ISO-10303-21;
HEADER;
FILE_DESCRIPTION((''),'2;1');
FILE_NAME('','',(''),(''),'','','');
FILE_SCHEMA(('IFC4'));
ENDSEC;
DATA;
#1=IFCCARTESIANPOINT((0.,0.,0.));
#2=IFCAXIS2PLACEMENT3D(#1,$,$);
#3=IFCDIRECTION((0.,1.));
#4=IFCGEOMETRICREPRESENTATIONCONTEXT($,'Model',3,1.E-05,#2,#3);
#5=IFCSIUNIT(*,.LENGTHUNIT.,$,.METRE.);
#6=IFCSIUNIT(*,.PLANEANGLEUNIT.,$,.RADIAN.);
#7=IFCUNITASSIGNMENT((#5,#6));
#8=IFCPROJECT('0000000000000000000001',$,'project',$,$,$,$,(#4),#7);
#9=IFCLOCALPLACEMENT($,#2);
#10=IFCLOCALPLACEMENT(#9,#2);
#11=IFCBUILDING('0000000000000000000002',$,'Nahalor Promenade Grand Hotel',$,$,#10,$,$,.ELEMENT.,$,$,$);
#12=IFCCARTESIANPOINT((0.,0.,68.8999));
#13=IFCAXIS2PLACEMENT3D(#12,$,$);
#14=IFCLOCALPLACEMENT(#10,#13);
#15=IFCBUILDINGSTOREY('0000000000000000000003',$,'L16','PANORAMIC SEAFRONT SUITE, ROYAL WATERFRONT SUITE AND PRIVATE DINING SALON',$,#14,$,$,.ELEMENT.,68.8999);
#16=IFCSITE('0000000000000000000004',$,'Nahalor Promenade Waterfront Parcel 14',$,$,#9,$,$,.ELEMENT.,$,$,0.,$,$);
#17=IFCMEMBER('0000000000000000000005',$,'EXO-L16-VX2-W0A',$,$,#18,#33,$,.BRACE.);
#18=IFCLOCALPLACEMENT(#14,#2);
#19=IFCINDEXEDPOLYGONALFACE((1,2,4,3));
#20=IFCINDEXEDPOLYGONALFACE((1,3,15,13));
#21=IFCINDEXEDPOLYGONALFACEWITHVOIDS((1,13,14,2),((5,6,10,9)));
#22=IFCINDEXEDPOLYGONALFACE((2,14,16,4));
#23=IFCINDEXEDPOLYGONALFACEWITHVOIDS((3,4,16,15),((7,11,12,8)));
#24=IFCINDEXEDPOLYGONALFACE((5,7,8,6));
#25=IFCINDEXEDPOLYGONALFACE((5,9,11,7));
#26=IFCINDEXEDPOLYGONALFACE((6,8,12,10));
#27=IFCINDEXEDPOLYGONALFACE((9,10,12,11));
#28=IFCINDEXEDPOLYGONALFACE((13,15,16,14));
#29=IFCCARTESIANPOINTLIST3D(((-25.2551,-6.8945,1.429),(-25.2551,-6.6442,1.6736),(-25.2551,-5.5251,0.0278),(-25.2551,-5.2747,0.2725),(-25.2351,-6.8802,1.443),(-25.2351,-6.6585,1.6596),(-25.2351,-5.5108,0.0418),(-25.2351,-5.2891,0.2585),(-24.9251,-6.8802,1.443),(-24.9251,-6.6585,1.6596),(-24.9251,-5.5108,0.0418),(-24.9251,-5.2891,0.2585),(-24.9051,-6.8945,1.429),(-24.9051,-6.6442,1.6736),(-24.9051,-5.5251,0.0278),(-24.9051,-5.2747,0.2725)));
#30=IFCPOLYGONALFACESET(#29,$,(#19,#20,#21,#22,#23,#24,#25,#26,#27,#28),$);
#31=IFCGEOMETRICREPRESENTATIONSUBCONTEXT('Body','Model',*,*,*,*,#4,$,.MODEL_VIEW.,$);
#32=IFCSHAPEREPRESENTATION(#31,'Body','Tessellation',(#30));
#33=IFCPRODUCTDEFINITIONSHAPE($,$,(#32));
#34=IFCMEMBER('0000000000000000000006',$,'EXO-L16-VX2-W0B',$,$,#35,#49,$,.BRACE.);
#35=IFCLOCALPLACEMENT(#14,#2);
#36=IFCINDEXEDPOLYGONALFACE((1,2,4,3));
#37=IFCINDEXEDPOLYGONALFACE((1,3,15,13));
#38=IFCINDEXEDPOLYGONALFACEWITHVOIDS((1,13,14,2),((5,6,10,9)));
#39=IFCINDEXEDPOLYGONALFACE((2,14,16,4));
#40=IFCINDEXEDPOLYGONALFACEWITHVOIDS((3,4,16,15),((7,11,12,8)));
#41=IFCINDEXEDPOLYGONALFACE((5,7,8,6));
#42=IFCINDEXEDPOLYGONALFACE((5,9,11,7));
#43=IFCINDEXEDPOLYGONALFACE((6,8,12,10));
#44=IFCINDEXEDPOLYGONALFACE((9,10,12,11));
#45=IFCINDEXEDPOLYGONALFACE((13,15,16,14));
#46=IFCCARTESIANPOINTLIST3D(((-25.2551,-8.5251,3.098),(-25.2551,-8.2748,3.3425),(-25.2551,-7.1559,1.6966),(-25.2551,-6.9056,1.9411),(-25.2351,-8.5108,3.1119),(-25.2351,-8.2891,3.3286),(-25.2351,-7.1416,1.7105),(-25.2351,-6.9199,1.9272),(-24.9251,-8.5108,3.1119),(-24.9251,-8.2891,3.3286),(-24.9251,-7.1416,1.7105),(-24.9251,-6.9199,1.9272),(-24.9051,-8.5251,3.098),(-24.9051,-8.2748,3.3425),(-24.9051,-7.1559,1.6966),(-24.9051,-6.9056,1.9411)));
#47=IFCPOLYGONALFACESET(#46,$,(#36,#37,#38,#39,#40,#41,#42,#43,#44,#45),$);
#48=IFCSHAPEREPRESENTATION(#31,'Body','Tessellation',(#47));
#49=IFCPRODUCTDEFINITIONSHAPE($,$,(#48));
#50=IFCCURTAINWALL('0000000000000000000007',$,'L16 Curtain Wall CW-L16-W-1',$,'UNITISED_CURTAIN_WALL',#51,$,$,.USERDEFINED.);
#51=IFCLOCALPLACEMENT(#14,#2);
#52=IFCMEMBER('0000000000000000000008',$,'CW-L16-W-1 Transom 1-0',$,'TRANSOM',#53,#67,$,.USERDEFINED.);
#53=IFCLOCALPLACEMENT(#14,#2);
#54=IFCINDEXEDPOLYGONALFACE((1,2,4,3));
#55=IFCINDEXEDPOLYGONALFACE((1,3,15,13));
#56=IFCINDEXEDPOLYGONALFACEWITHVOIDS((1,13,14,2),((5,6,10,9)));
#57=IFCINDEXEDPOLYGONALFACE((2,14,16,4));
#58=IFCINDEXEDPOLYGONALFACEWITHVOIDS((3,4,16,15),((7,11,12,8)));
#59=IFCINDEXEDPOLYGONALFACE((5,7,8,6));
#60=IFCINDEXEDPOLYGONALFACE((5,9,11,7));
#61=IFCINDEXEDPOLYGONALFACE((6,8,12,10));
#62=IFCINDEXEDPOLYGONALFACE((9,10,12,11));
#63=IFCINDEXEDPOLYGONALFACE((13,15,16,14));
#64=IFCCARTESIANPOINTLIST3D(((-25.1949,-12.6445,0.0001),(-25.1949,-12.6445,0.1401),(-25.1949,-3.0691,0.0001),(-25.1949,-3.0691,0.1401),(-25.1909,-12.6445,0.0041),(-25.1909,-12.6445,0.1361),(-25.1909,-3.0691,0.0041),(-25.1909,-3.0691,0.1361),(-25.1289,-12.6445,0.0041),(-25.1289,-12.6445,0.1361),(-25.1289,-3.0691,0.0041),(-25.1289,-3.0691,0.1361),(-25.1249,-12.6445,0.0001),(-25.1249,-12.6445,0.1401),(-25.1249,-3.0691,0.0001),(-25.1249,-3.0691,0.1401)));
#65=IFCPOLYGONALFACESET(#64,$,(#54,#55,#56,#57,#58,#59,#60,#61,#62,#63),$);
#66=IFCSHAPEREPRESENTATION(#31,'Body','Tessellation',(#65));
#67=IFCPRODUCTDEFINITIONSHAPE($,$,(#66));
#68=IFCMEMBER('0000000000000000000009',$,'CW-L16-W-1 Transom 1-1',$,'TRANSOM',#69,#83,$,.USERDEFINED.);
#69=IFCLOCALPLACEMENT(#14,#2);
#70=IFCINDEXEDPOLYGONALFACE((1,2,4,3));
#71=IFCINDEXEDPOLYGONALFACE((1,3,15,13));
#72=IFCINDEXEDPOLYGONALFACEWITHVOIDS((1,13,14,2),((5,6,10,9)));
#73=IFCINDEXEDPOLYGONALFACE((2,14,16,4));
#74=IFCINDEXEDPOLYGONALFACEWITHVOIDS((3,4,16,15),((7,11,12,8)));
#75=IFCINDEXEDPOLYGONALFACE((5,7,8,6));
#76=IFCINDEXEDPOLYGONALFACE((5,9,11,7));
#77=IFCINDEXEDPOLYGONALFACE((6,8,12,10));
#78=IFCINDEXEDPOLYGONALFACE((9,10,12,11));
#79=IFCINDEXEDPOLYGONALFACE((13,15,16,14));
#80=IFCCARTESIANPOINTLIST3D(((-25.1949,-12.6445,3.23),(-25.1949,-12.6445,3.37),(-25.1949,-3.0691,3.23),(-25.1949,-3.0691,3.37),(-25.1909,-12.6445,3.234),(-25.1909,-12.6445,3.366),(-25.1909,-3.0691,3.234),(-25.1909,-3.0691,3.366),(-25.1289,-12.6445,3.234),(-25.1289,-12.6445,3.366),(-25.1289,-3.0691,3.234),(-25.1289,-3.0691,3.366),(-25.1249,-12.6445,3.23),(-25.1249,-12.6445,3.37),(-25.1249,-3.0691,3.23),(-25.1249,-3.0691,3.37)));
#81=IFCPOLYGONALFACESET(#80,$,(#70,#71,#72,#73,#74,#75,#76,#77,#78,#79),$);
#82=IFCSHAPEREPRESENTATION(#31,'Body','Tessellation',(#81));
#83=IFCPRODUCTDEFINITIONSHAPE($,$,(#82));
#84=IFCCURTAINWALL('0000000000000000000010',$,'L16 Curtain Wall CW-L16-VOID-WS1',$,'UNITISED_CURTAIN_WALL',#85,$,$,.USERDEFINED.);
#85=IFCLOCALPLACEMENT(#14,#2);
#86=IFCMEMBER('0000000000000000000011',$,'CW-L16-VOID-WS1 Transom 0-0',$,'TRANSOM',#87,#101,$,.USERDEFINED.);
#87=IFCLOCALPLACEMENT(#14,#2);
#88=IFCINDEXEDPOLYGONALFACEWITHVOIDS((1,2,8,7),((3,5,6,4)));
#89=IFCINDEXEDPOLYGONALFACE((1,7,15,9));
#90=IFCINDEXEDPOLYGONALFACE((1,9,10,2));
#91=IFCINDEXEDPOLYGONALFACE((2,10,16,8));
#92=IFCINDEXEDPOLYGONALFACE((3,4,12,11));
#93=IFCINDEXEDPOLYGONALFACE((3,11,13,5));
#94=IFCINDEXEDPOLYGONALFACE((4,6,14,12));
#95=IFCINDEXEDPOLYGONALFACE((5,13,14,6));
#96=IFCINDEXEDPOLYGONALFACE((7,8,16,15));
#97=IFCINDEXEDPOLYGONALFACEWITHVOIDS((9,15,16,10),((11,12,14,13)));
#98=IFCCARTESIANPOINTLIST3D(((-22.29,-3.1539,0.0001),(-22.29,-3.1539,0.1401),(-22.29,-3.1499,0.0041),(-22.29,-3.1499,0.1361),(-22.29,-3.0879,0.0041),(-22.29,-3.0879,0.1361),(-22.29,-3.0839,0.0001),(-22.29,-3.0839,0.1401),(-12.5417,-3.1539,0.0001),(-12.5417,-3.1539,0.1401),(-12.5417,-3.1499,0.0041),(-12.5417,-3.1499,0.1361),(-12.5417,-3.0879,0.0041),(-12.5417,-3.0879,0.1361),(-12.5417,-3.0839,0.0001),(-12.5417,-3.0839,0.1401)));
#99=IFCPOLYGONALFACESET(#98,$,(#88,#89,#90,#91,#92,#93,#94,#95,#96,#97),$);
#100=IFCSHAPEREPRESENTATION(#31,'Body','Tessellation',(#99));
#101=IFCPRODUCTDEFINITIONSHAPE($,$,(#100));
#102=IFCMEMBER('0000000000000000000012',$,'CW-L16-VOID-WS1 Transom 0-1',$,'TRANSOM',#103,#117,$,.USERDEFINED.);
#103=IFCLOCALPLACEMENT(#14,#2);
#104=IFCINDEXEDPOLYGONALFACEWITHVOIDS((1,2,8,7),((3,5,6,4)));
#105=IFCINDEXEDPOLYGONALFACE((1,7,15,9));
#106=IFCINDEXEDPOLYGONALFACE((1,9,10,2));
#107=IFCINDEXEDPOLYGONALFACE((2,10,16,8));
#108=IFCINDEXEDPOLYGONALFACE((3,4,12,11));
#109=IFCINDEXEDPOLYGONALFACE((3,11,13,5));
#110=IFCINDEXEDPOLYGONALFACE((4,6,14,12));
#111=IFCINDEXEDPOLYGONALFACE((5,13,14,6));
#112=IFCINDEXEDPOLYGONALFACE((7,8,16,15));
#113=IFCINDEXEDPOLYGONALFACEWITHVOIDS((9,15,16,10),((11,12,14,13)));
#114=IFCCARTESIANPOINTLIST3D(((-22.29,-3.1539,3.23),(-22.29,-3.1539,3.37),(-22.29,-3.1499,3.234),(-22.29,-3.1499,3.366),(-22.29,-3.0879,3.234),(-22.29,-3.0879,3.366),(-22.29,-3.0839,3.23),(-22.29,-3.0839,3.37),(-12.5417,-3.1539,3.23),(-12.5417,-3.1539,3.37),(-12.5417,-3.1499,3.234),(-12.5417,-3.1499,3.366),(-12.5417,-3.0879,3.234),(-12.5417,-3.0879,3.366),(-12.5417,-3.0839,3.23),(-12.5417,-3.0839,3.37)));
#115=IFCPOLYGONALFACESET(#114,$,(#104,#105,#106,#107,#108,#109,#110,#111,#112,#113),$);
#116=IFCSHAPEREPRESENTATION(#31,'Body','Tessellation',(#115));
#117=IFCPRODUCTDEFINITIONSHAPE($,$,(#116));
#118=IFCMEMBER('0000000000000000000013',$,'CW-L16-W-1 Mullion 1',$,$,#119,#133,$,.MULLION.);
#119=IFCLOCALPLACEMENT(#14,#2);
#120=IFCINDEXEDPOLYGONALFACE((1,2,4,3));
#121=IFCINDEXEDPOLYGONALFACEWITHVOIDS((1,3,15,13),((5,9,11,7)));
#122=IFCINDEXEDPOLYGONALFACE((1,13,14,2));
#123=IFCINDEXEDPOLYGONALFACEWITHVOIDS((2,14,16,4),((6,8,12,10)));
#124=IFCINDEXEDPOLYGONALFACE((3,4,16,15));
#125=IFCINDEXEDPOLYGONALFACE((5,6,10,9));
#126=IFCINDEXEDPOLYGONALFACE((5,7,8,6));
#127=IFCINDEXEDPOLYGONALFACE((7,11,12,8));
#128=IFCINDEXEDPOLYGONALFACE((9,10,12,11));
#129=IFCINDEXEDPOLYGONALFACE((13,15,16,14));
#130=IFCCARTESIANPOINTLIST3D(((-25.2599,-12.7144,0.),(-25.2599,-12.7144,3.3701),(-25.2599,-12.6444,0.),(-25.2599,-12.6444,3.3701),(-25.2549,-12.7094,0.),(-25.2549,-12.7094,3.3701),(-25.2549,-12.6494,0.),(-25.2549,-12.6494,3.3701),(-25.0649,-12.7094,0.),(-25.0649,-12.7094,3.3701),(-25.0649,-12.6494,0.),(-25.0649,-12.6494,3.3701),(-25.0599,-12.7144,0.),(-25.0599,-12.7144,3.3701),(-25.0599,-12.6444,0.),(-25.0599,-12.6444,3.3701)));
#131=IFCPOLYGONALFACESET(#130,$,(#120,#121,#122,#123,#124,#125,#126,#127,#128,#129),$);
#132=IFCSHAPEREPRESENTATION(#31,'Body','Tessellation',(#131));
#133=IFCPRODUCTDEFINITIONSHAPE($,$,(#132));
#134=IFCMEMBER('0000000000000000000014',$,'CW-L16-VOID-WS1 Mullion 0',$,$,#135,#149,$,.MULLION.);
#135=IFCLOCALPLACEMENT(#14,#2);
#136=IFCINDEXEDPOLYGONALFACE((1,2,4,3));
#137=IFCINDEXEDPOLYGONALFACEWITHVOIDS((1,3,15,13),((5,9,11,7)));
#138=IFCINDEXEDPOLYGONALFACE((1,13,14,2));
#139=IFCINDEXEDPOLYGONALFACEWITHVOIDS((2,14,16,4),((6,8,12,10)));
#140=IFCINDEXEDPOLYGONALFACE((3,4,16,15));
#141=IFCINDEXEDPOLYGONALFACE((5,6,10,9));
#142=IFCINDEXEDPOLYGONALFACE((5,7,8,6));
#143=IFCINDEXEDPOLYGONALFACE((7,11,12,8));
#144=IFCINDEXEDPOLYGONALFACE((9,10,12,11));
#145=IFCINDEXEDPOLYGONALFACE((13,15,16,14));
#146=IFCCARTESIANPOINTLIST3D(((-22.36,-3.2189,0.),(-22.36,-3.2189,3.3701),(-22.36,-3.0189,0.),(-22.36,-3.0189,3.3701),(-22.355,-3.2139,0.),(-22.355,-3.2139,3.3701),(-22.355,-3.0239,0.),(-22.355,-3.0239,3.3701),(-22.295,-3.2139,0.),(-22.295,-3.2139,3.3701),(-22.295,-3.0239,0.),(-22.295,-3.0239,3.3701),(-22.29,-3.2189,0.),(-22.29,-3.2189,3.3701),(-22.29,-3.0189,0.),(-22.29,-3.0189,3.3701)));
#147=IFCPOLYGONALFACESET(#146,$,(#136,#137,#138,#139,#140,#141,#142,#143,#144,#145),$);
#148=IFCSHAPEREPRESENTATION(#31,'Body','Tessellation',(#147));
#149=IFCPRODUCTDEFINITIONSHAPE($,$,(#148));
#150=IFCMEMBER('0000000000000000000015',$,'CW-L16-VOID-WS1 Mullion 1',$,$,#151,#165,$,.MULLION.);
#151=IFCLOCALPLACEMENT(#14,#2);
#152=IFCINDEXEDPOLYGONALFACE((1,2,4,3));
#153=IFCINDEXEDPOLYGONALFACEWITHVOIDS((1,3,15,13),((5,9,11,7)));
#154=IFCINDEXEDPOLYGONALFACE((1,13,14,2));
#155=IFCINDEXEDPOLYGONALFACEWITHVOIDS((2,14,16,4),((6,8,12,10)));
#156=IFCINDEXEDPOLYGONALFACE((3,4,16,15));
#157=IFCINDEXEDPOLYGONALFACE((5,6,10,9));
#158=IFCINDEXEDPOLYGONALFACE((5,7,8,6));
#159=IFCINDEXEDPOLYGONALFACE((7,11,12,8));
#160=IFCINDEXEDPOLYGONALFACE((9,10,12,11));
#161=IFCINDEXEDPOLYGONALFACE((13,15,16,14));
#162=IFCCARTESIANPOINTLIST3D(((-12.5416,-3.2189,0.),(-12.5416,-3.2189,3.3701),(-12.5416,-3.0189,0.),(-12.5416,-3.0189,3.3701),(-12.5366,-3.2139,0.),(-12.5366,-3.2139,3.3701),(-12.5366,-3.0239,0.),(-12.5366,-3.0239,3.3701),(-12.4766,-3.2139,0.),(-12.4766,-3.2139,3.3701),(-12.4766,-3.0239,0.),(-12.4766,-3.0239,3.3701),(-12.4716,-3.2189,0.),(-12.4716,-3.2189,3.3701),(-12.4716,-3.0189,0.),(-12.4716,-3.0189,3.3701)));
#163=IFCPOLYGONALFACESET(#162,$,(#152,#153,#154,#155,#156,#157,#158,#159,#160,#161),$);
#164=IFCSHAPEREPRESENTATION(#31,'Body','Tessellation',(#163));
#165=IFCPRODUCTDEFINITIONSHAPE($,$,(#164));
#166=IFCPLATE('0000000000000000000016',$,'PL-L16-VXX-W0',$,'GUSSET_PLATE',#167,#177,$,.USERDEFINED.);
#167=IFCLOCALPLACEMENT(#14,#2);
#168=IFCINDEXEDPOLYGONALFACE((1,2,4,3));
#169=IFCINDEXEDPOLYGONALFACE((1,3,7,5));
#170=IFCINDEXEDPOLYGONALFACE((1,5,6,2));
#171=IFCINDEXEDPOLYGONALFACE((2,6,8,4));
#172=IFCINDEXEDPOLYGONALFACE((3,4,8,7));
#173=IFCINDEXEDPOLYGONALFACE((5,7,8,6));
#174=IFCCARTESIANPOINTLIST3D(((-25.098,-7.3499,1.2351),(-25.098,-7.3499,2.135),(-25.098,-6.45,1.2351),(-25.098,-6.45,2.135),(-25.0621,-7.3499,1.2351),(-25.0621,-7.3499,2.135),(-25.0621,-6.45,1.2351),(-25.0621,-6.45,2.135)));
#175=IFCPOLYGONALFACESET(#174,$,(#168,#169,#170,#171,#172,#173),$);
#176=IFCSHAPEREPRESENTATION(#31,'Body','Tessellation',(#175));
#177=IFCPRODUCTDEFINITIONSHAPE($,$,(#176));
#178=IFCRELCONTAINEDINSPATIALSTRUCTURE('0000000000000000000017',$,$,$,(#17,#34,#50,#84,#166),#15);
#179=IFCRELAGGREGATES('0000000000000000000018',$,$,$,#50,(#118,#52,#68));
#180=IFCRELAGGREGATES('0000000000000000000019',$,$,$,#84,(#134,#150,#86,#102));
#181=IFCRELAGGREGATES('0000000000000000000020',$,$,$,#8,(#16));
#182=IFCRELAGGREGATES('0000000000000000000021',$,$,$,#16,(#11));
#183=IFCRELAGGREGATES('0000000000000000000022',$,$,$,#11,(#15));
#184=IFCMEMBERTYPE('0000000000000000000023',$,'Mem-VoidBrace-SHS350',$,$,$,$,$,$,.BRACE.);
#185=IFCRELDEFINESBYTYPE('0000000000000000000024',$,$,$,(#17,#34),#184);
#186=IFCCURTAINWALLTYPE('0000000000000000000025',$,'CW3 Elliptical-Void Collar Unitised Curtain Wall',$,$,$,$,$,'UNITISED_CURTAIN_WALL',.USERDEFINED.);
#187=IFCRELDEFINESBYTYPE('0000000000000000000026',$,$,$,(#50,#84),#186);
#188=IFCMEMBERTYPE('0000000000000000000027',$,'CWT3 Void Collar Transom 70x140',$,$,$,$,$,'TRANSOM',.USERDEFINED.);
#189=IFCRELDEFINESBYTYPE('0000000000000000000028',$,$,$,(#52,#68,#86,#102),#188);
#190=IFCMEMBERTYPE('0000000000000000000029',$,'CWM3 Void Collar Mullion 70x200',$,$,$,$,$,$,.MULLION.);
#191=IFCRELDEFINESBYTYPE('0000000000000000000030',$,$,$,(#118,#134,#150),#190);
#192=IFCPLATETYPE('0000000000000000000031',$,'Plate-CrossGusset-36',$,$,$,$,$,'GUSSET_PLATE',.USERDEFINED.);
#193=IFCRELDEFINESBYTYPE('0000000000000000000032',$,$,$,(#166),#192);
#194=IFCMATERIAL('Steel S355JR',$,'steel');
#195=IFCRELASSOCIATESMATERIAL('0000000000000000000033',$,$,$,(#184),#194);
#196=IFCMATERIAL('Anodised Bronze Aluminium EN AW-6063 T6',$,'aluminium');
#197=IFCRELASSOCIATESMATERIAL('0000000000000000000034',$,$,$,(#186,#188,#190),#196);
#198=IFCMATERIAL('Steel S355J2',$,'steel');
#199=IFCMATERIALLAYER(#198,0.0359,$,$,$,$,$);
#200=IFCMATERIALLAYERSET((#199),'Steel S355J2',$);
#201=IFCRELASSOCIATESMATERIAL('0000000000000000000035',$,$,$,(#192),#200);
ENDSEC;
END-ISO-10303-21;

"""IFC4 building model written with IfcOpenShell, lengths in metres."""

from ifc_helpers import new_model, si_unit, direction, frame, origin, origin_2d, place, context, subcontext, project, spatial, rectangle, hollow_rectangle, extrude, source, transform, mapped, material, layer, layer_set, material_profile, profile_set, type_object, element, aggregate, save


model = new_model("IFC4")

# Units and contexts
model_context = context("Model", 3, precision=1e-05, world=origin(), true_north=direction((0.0, 1.0)))
body_context = subcontext(model_context, "Body", "Model", "MODEL_VIEW")
ifc_project = project(units=[si_unit("LENGTHUNIT", "METRE"), si_unit("PLANEANGLEUNIT", "RADIAN")], contexts=[model_context])

# Site, building, storey
site_placement = place(None, origin())
site = spatial("IfcSite", under=ifc_project, at=site_placement, Name="Nahalor Promenade Waterfront Parcel 14", CompositionType="ELEMENT", RefElevation=0.0)
building_placement = place(site_placement, origin())
building = spatial("IfcBuilding", under=site, at=building_placement, Name="Nahalor Promenade Grand Hotel", CompositionType="ELEMENT")
storey_placement = place(building_placement, frame((0.0, 0.0, 68.8999)))
storey = spatial("IfcBuildingStorey", under=building, at=storey_placement, Name="L16", Description="PANORAMIC SEAFRONT SUITE, ROYAL WATERFRONT SUITE AND PRIVATE DINING SALON", CompositionType="ELEMENT", Elevation=68.8999)

# Shared definitions
ifc_material_1 = material(Name="Steel S355J2", Category="steel")

# Shared definitions
ifc_material_2 = material(Name="Steel S355JR", Category="steel")

# Members
ifc_material_profile_1 = material_profile(ifc_material_2, hollow_rectangle(XDim=0.35, YDim=0.35, WallThickness=0.02, at=origin_2d()), Name="SHS 350x350x20")
ifc_profile_set_1 = profile_set([ifc_material_profile_1], Name="Steel S355JR")
member_type_1 = type_object("IfcMemberType", Name="Mem-VoidBrace-SHS350", PredefinedType="BRACE", material=ifc_profile_set_1)
shared_shape_1 = source(origin(), body_context, "Body", "SweptSolid", [
    extrude(hollow_rectangle(XDim=0.35, YDim=0.35, WallThickness=0.02, at=origin_2d()), origin(), (0.0, 0.0, 1.0), 1.9592),
])
for number, where, z_axis, x_axis, name in (
    (1, (-25.0801, -5.3999, 0.1501), (0.0, -0.69896, 0.71516), (1.0, 0.0, 0.0), "EXO-L16-VX2-W0A"),
    (2, (-25.0801, -7.0308, 1.8188), (0.0, -0.698834, 0.715283), (1.0, 0.0, 0.0), "EXO-L16-VX2-W0B"),
):
    element("IfcMember", number, at=place(storey_placement, frame(where, z_axis=z_axis, x_axis=x_axis)), inside=storey, type_object=member_type_1, Name=name, PredefinedType="BRACE", context=body_context, shape_type="MappedRepresentation", body=[
        mapped(shared_shape_1, transform((0.0, 0.0, 0.0), scale=1.0)),
    ])

# Curtain walls, members
ifc_material_3 = material(Name="Anodised Bronze Aluminium EN AW-6063 T6", Category="aluminium")
curtain_wall_type = type_object("IfcCurtainWallType", Name="CW3 Elliptical-Void Collar Unitised Curtain Wall", ElementType="UNITISED_CURTAIN_WALL", PredefinedType="USERDEFINED", material=ifc_material_3)
curtain_wall_1_placement = place(storey_placement, origin())
curtain_wall_1 = element("IfcCurtainWall", 3, at=curtain_wall_1_placement, inside=storey, type_object=curtain_wall_type, Name="L16 Curtain Wall CW-L16-W-1", ObjectType="UNITISED_CURTAIN_WALL", PredefinedType="USERDEFINED")
ifc_material_profile_2 = material_profile(ifc_material_3, hollow_rectangle(XDim=0.07, YDim=0.14, WallThickness=0.004, at=origin_2d()), Name="CWT 70x140x4")
ifc_profile_set_2 = profile_set([ifc_material_profile_2], Name="Anodised Bronze Aluminium EN AW-6063 T6")
member_type_2 = type_object("IfcMemberType", Name="CWT3 Void Collar Transom 70x140", ElementType="TRANSOM", PredefinedType="USERDEFINED", material=ifc_profile_set_2)
shared_shape_2 = source(origin(), body_context, "Body", "SweptSolid", [
    extrude(hollow_rectangle(XDim=0.07, YDim=0.14, WallThickness=0.004, at=origin_2d()), origin(), (0.0, 0.0, 1.0), 9.5754),
])
member_1_placement = place(storey_placement, frame((-25.1599, -12.6445, 0.0701), z_axis=(0.0, 1.0, 0.0), x_axis=(-1.0, 0.0, 0.0)))
member_1 = element("IfcMember", 4, at=member_1_placement, type_object=member_type_2, Name="CW-L16-W-1 Transom 1-0", ObjectType="TRANSOM", PredefinedType="USERDEFINED", context=body_context, shape_type="MappedRepresentation", body=[
    mapped(shared_shape_2, transform((0.0, 0.0, 0.0), scale=1.0)),
])
member_2_placement = place(storey_placement, frame((-25.1599, -12.6445, 3.3), z_axis=(0.0, 1.0, 0.0), x_axis=(-1.0, 0.0, 0.0)))
member_2 = element("IfcMember", 5, at=member_2_placement, type_object=member_type_2, Name="CW-L16-W-1 Transom 1-1", ObjectType="TRANSOM", PredefinedType="USERDEFINED", context=body_context, shape_type="MappedRepresentation", body=[
    mapped(shared_shape_2, transform((0.0, 0.0, 0.0), scale=1.0)),
])
curtain_wall_2_placement = place(storey_placement, origin())
curtain_wall_2 = element("IfcCurtainWall", 6, at=curtain_wall_2_placement, inside=storey, type_object=curtain_wall_type, Name="L16 Curtain Wall CW-L16-VOID-WS1", ObjectType="UNITISED_CURTAIN_WALL", PredefinedType="USERDEFINED")
shared_shape_3 = source(origin(), body_context, "Body", "SweptSolid", [
    extrude(hollow_rectangle(XDim=0.07, YDim=0.14, WallThickness=0.004, at=origin_2d()), origin(), (0.0, 0.0, 1.0), 9.7483),
])
member_3_placement = place(storey_placement, frame((-22.29, -3.1189, 0.0701), z_axis=(1.0, 0.0, 0.0), x_axis=(0.0, 1.0, 0.0)))
member_3 = element("IfcMember", 7, at=member_3_placement, type_object=member_type_2, Name="CW-L16-VOID-WS1 Transom 0-0", ObjectType="TRANSOM", PredefinedType="USERDEFINED", context=body_context, shape_type="MappedRepresentation", body=[
    mapped(shared_shape_3, transform((0.0, 0.0, 0.0), scale=1.0)),
])
member_4_placement = place(storey_placement, frame((-22.29, -3.1189, 3.3), z_axis=(1.0, 0.0, 0.0), x_axis=(0.0, 1.0, 0.0)))
member_4 = element("IfcMember", 8, at=member_4_placement, type_object=member_type_2, Name="CW-L16-VOID-WS1 Transom 0-1", ObjectType="TRANSOM", PredefinedType="USERDEFINED", context=body_context, shape_type="MappedRepresentation", body=[
    mapped(shared_shape_3, transform((0.0, 0.0, 0.0), scale=1.0)),
])

# Members
ifc_material_profile_3 = material_profile(ifc_material_3, hollow_rectangle(XDim=0.07, YDim=0.2, WallThickness=0.005, at=origin_2d()), Name="CWM 70x200x5")
ifc_profile_set_3 = profile_set([ifc_material_profile_3], Name="Anodised Bronze Aluminium EN AW-6063 T6")
member_type_3 = type_object("IfcMemberType", Name="CWM3 Void Collar Mullion 70x200", PredefinedType="MULLION", material=ifc_profile_set_3)
shared_shape_4 = source(origin(), body_context, "Body", "SweptSolid", [
    extrude(hollow_rectangle(XDim=0.07, YDim=0.2, WallThickness=0.005, at=origin_2d()), origin(), (0.0, 0.0, 1.0), 3.3701),
])
member_5_placement = place(storey_placement, frame((-25.1599, -12.6794, 0.0), z_axis=(0.0, 0.0, 1.0), x_axis=(0.0, 1.0, 0.0)))
member_5 = element("IfcMember", 9, at=member_5_placement, type_object=member_type_3, Name="CW-L16-W-1 Mullion 1", PredefinedType="MULLION", context=body_context, shape_type="MappedRepresentation", body=[
    mapped(shared_shape_4, transform((0.0, 0.0, 0.0), scale=1.0)),
])
member_6_placement = place(storey_placement, frame((-22.325, -3.1189, 0.0), z_axis=(0.0, 0.0, 1.0), x_axis=(1.0, 0.0, 0.0)))
member_6 = element("IfcMember", 10, at=member_6_placement, type_object=member_type_3, Name="CW-L16-VOID-WS1 Mullion 0", PredefinedType="MULLION", context=body_context, shape_type="MappedRepresentation", body=[
    mapped(shared_shape_4, transform((0.0, 0.0, 0.0), scale=1.0)),
])
member_7_placement = place(storey_placement, frame((-12.5066, -3.1189, 0.0), z_axis=(0.0, 0.0, 1.0), x_axis=(1.0, 0.0, 0.0)))
member_7 = element("IfcMember", 11, at=member_7_placement, type_object=member_type_3, Name="CW-L16-VOID-WS1 Mullion 1", PredefinedType="MULLION", context=body_context, shape_type="MappedRepresentation", body=[
    mapped(shared_shape_4, transform((0.0, 0.0, 0.0), scale=1.0)),
])

# Plate
aggregate(curtain_wall_1, [member_5, member_1, member_2])
ifc_layer_1 = layer(ifc_material_1, 0.0359)
ifc_layer_set_1 = layer_set([ifc_layer_1], Name="Steel S355J2")
plate_type_1 = type_object("IfcPlateType", Name="Plate-CrossGusset-36", ElementType="GUSSET_PLATE", PredefinedType="USERDEFINED", material=ifc_layer_set_1)
shared_shape_5 = source(origin(), body_context, "Body", "SweptSolid", [
    extrude(rectangle(XDim=0.8999, YDim=0.0359, at=origin_2d()), origin(), (0.0, 0.0, 1.0), 0.8999),
])
plate_1_placement = place(storey_placement, frame((-25.0801, -6.8999, 1.2351), z_axis=(0.0, 0.0, 1.0), x_axis=(0.0, 1.0, 0.0)))
element("IfcPlate", 12, at=plate_1_placement, inside=storey, type_object=plate_type_1, Name="PL-L16-VXX-W0", ObjectType="GUSSET_PLATE", PredefinedType="USERDEFINED", context=body_context, shape_type="MappedRepresentation", body=[
    mapped(shared_shape_5, transform((0.0, 0.0, 0.0), scale=1.0)),
])
aggregate(curtain_wall_2, [member_6, member_7, member_3, member_4])

save(model, "model.ifc")
